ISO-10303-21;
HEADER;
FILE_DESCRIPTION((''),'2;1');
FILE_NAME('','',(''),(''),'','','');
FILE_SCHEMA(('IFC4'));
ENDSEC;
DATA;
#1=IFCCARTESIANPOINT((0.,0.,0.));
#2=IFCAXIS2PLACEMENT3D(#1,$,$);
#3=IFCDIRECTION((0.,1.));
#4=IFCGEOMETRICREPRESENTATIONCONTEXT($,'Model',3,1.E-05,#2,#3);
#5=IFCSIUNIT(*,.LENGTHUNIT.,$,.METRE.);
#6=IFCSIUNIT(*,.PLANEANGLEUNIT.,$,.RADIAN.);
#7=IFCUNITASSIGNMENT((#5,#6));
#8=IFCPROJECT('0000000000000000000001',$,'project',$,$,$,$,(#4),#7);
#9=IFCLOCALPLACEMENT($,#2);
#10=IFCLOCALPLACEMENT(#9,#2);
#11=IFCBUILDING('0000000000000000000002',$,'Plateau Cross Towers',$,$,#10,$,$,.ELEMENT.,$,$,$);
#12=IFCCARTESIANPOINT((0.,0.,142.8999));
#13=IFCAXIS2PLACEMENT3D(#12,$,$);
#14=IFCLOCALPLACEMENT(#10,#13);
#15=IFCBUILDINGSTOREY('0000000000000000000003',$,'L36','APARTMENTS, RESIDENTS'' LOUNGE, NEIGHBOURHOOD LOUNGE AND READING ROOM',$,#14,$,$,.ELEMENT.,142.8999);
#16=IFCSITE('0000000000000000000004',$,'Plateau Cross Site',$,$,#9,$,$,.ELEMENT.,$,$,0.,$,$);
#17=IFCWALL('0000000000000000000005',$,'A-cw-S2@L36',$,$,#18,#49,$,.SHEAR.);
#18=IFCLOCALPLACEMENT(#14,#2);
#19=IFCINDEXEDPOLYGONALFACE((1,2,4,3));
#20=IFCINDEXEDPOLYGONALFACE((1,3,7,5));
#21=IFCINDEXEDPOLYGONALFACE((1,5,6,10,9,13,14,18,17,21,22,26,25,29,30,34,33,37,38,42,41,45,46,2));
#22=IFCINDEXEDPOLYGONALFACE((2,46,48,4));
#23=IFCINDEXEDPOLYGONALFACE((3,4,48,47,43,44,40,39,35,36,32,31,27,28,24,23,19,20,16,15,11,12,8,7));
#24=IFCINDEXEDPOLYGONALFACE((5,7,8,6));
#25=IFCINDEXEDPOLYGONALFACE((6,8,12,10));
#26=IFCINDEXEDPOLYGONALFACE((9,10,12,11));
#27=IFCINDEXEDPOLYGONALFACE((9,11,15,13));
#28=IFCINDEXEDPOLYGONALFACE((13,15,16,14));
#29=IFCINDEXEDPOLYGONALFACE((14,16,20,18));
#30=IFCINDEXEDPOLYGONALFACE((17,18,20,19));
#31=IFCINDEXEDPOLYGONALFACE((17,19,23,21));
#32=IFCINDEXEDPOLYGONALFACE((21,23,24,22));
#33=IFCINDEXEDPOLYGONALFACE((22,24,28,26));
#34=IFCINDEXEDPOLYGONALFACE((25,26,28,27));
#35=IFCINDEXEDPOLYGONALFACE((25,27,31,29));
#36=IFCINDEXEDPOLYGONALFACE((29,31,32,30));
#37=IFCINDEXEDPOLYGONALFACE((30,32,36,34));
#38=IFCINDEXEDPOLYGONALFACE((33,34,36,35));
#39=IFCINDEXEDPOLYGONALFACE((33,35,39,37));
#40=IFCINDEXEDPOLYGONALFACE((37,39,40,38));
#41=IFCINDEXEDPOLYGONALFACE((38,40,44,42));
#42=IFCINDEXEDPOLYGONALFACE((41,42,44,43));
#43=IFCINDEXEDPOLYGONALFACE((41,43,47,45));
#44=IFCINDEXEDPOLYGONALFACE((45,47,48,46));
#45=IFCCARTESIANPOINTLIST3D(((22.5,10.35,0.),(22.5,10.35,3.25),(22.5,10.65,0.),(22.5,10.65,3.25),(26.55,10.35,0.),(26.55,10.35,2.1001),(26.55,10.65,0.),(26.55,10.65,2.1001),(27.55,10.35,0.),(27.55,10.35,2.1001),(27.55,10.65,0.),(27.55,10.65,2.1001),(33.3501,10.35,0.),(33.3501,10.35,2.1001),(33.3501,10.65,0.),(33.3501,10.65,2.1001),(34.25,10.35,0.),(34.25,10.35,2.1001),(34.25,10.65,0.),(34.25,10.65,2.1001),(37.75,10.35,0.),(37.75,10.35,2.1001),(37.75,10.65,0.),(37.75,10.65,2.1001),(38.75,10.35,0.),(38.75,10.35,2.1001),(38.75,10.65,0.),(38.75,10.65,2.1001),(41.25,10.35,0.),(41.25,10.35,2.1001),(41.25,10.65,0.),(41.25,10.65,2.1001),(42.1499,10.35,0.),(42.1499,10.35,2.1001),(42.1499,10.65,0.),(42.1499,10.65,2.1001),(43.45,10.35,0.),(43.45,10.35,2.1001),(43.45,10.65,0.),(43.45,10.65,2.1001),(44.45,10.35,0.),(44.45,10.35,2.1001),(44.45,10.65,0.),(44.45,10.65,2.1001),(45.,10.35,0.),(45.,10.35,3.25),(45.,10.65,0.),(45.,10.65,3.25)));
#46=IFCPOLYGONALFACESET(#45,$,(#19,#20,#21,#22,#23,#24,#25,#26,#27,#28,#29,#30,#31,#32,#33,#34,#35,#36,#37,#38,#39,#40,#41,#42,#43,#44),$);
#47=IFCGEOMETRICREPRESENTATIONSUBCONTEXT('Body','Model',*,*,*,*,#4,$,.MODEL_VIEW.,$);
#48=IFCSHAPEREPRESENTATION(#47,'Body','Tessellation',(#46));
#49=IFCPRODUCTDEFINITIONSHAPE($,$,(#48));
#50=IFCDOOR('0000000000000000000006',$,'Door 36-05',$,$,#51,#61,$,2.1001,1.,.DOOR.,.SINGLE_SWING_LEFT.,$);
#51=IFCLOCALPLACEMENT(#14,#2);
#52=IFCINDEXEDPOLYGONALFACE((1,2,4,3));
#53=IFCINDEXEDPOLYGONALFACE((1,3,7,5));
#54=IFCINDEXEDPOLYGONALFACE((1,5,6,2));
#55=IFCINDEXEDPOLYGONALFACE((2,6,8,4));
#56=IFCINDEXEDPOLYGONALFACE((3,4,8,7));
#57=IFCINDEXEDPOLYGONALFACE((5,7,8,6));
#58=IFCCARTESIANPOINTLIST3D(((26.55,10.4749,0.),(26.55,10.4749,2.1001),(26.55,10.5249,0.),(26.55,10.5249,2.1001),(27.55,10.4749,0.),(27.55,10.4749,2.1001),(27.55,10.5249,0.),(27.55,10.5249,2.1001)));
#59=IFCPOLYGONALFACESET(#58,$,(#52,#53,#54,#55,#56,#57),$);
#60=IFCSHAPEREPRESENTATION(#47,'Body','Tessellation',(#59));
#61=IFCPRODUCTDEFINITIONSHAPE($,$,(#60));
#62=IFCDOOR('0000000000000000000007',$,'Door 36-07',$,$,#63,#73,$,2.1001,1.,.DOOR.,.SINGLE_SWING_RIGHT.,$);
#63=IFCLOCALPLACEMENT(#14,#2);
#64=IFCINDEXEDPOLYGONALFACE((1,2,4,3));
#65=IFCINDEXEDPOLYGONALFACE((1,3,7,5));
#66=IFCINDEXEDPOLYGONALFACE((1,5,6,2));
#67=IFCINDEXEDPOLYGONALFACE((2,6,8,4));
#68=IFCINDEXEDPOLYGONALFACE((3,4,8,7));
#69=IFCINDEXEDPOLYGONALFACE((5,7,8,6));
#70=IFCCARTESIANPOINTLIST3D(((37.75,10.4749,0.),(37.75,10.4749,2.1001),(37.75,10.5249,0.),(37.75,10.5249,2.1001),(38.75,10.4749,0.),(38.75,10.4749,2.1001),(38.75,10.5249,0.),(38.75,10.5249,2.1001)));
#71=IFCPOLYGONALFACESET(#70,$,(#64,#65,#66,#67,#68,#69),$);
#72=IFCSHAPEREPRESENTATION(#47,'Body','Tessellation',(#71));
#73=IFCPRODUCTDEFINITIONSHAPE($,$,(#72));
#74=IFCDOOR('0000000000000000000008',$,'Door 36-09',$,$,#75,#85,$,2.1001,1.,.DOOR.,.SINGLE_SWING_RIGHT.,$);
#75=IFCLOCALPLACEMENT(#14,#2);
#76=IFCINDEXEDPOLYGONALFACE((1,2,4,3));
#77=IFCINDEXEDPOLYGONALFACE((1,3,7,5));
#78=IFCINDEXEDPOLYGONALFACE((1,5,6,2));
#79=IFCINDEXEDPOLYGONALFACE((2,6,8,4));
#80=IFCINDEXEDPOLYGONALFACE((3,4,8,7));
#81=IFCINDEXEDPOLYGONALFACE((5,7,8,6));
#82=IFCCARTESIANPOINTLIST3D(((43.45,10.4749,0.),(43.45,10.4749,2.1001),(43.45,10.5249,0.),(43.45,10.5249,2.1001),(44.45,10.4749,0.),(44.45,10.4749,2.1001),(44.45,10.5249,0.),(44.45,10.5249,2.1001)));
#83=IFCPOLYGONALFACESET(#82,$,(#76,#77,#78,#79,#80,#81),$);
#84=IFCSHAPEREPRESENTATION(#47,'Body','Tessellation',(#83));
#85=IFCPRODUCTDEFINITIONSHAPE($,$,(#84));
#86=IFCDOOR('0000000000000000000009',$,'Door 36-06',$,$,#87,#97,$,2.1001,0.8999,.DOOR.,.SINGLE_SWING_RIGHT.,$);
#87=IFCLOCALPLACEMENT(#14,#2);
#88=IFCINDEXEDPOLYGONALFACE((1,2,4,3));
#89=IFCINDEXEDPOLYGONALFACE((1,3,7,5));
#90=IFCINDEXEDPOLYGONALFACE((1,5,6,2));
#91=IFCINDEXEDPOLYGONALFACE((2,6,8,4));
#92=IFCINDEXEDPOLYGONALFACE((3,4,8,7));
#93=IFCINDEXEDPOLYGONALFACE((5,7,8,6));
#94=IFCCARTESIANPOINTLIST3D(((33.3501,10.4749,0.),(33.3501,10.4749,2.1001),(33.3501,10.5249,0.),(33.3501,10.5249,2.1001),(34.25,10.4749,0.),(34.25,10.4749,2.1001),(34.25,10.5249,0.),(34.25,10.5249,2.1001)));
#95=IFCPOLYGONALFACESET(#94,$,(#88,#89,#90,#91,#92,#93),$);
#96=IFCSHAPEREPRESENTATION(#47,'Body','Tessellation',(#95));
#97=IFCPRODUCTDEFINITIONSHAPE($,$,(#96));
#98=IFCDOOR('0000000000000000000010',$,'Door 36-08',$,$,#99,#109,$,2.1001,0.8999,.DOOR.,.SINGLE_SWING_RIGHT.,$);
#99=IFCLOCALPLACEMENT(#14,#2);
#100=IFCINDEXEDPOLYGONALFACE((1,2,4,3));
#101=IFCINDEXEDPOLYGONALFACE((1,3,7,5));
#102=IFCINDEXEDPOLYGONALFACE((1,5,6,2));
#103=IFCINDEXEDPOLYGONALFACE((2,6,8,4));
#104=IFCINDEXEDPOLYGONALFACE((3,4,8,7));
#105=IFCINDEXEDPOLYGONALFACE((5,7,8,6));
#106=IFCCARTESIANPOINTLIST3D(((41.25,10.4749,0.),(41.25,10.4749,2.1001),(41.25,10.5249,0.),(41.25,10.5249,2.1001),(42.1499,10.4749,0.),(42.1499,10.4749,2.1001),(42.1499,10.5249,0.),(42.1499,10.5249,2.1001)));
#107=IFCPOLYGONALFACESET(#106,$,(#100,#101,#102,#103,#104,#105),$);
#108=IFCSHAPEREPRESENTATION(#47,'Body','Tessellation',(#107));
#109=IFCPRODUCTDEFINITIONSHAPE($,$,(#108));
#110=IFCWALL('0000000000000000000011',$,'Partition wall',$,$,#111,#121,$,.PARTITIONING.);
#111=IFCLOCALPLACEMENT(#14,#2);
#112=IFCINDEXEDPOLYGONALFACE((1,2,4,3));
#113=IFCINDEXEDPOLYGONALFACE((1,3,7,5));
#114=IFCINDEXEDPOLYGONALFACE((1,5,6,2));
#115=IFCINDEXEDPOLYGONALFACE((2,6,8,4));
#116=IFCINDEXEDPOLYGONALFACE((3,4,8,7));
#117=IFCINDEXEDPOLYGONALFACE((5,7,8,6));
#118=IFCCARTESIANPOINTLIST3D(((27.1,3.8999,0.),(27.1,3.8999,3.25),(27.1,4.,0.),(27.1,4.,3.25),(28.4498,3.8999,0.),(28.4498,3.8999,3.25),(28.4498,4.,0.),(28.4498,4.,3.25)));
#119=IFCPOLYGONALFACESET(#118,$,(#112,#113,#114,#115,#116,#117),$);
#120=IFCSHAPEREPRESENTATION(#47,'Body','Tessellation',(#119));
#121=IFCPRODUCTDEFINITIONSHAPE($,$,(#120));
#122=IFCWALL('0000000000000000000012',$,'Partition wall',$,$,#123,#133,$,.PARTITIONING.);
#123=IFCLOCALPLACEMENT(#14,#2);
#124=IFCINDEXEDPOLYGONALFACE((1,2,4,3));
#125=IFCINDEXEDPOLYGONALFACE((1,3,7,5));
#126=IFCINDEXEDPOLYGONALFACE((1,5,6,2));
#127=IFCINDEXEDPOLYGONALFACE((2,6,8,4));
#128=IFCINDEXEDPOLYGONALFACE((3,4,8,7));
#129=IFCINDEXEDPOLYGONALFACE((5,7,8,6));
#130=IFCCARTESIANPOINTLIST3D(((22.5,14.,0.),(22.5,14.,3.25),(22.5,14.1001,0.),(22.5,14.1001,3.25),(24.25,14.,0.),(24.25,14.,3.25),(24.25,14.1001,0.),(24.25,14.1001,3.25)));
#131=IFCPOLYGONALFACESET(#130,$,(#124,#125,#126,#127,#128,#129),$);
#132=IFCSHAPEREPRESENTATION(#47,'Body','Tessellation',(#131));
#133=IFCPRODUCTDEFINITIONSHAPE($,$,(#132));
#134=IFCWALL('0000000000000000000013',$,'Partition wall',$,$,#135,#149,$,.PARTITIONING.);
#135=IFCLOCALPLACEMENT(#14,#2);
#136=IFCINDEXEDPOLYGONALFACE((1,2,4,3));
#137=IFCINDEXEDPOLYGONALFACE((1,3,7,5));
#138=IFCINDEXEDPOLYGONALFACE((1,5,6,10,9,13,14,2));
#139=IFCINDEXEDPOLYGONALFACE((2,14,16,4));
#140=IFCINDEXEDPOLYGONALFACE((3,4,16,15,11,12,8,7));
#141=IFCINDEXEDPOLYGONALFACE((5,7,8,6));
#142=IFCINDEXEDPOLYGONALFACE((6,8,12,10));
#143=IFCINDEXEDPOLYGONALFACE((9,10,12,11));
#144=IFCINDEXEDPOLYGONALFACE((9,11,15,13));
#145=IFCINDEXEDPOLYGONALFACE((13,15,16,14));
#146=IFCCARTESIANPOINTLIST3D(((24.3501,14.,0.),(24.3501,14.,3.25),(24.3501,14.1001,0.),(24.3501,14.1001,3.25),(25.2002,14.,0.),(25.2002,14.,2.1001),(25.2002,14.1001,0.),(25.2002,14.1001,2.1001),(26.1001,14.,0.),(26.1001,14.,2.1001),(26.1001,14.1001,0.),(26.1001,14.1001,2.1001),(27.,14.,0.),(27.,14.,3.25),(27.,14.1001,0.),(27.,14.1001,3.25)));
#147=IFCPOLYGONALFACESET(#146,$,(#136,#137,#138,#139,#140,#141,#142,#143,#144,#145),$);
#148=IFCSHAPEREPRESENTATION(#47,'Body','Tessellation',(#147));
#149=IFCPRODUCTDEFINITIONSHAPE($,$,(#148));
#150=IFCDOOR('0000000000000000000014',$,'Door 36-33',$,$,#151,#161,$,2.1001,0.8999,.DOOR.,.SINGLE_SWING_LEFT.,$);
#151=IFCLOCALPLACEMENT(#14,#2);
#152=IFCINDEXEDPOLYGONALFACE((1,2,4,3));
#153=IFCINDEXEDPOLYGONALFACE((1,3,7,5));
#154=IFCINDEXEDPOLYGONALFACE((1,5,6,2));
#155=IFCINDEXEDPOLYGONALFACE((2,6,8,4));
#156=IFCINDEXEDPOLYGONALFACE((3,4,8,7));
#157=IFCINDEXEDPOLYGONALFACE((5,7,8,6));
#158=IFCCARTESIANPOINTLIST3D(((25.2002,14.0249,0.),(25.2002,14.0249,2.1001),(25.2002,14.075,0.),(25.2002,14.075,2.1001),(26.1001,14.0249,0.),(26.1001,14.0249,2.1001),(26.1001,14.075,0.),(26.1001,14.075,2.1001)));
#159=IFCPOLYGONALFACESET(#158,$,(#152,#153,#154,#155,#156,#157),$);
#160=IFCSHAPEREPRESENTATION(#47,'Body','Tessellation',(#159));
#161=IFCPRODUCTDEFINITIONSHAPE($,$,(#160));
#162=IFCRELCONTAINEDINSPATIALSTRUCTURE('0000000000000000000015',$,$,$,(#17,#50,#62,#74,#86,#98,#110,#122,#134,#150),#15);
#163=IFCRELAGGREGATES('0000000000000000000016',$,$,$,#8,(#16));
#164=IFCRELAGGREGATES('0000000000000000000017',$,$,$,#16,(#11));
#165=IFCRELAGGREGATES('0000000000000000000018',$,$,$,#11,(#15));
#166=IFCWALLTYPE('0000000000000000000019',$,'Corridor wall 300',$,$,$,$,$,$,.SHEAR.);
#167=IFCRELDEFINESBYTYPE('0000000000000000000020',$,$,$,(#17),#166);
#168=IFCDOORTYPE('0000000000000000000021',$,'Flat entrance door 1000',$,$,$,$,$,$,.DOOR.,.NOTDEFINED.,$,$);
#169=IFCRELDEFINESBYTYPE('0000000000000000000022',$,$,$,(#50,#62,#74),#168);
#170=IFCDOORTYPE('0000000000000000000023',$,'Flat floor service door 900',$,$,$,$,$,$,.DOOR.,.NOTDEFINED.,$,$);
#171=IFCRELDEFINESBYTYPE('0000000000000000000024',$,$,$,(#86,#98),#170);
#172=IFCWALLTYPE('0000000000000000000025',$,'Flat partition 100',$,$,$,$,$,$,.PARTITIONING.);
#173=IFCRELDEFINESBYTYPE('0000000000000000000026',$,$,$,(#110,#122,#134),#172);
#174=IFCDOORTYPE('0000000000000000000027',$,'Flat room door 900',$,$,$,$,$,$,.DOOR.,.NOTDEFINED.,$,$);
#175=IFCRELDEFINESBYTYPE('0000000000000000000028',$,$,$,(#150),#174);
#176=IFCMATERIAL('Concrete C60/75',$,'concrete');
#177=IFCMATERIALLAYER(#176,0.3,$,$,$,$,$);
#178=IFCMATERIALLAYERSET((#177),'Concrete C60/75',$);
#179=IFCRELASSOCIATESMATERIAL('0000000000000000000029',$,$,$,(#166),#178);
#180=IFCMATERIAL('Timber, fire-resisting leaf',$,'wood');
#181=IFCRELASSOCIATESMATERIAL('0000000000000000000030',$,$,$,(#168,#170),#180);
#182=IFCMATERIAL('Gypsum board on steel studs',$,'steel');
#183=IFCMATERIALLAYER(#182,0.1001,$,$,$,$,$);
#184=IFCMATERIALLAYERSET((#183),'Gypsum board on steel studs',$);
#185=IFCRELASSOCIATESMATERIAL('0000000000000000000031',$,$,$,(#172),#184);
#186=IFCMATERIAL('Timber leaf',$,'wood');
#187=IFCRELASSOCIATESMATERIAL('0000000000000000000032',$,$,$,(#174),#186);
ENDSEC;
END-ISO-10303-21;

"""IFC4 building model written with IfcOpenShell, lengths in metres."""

from ifc_helpers import new_model, si_unit, direction, frame, frame_2d, origin, place, context, subcontext, project, spatial, rectangle, extrude, material, layer, layer_set, type_object, element, fill, save


model = new_model("IFC4")

# Units and contexts
model_context = context("Model", 3, precision=1e-05, world=origin(), true_north=direction((0.0, 1.0)))
body_context = subcontext(model_context, "Body", "Model", "MODEL_VIEW")
ifc_project = project(units=[si_unit("LENGTHUNIT", "METRE"), si_unit("PLANEANGLEUNIT", "RADIAN")], contexts=[model_context])

# Site, building, storey
site_placement = place(None, origin())
site = spatial("IfcSite", under=ifc_project, at=site_placement, Name="Plateau Cross Site", CompositionType="ELEMENT", RefElevation=0.0)
building_placement = place(site_placement, origin())
building = spatial("IfcBuilding", under=site, at=building_placement, Name="Plateau Cross Towers", CompositionType="ELEMENT")
storey_placement = place(building_placement, frame((0.0, 0.0, 142.8999)))
storey = spatial("IfcBuildingStorey", under=building, at=storey_placement, Name="L36", Description="APARTMENTS, RESIDENTS' LOUNGE, NEIGHBOURHOOD LOUNGE AND READING ROOM", CompositionType="ELEMENT", Elevation=142.8999)

# Shared definitions
ifc_material_1 = material(Name="Concrete C60/75", Category="concrete")

# Wall, openings, doors
ifc_layer_1 = layer(ifc_material_1, 0.3)
ifc_layer_set_1 = layer_set([ifc_layer_1], Name="Concrete C60/75")
wall_type_1 = type_object("IfcWallType", Name="Corridor wall 300", PredefinedType="SHEAR", material=ifc_layer_set_1)
ifc_material_2 = material(Name="Timber, fire-resisting leaf", Category="wood")
door_type_1 = type_object("IfcDoorType", Name="Flat entrance door 1000", OperationType="NOTDEFINED", PredefinedType="DOOR", material=ifc_material_2)
wall_1_placement = place(storey_placement, frame((22.5, 10.5, 0.0), z_axis=(0.0, 0.0, 1.0), x_axis=(1.0, 0.0, 0.0)))
wall_1 = element("IfcWall", 1, at=wall_1_placement, inside=storey, type_object=wall_type_1, Name="A-cw-S2@L36", PredefinedType="SHEAR", context=body_context, shape_type="SweptSolid", body=[
    extrude(rectangle(XDim=22.5, YDim=0.3, at=frame_2d((11.25, 0.0))), origin(), (0.0, 0.0, 1.0), 3.25),
])
opening_1_placement = place(wall_1_placement, frame((4.05, 0.0, 0.0)))
opening_1 = element("IfcOpeningElement", 2, at=opening_1_placement, cuts=wall_1, PredefinedType="OPENING", context=body_context, shape_type="SweptSolid", body=[
    extrude(rectangle(XDim=1.0, YDim=2.1001, at=frame_2d((0.5, 1.05))), frame((0.0, 0.1599, 0.0), z_axis=(0.0, -1.0, 0.0), x_axis=(1.0, 0.0, 0.0)), (0.0, 0.0, 1.0), 0.3201),
])
opening_2_placement = place(wall_1_placement, frame((10.8501, 0.0, 0.0)))
opening_2 = element("IfcOpeningElement", 3, at=opening_2_placement, cuts=wall_1, PredefinedType="OPENING", context=body_context, shape_type="SweptSolid", body=[
    extrude(rectangle(XDim=0.8999, YDim=2.1001, at=frame_2d((0.45, 1.05))), frame((0.0, 0.1599, 0.0), z_axis=(0.0, -1.0, 0.0), x_axis=(1.0, 0.0, 0.0)), (0.0, 0.0, 1.0), 0.3201),
])
opening_3_placement = place(wall_1_placement, frame((15.25, 0.0, 0.0)))
opening_3 = element("IfcOpeningElement", 4, at=opening_3_placement, cuts=wall_1, PredefinedType="OPENING", context=body_context, shape_type="SweptSolid", body=[
    extrude(rectangle(XDim=1.0, YDim=2.1001, at=frame_2d((0.5, 1.05))), frame((0.0, 0.1599, 0.0), z_axis=(0.0, -1.0, 0.0), x_axis=(1.0, 0.0, 0.0)), (0.0, 0.0, 1.0), 0.3201),
])
opening_4_placement = place(wall_1_placement, frame((18.75, 0.0, 0.0)))
opening_4 = element("IfcOpeningElement", 5, at=opening_4_placement, cuts=wall_1, PredefinedType="OPENING", context=body_context, shape_type="SweptSolid", body=[
    extrude(rectangle(XDim=0.8999, YDim=2.1001, at=frame_2d((0.45, 1.05))), frame((0.0, 0.1599, 0.0), z_axis=(0.0, -1.0, 0.0), x_axis=(1.0, 0.0, 0.0)), (0.0, 0.0, 1.0), 0.3201),
])
opening_5_placement = place(wall_1_placement, frame((20.95, 0.0, 0.0)))
opening_5 = element("IfcOpeningElement", 6, at=opening_5_placement, cuts=wall_1, PredefinedType="OPENING", context=body_context, shape_type="SweptSolid", body=[
    extrude(rectangle(XDim=1.0, YDim=2.1001, at=frame_2d((0.5, 1.05))), frame((0.0, 0.1599, 0.0), z_axis=(0.0, -1.0, 0.0), x_axis=(1.0, 0.0, 0.0)), (0.0, 0.0, 1.0), 0.3201),
])
door_1_placement = place(opening_1_placement, origin())
door_1 = element("IfcDoor", 7, at=door_1_placement, inside=storey, type_object=door_type_1, Name="Door 36-05", OperationType="SINGLE_SWING_LEFT", OverallHeight=2.1001, OverallWidth=1.0, PredefinedType="DOOR", context=body_context, shape_type="SweptSolid", body=[
    extrude(rectangle(XDim=1.0, YDim=2.1001, at=frame_2d((0.5, 1.05))), frame((0.0, 0.0249, 0.0), z_axis=(0.0, -1.0, 0.0), x_axis=(1.0, 0.0, 0.0)), (0.0, 0.0, 1.0), 0.05),
])
fill(opening_1, door_1)
door_2_placement = place(opening_3_placement, origin())
door_2 = element("IfcDoor", 8, at=door_2_placement, inside=storey, type_object=door_type_1, Name="Door 36-07", OperationType="SINGLE_SWING_RIGHT", OverallHeight=2.1001, OverallWidth=1.0, PredefinedType="DOOR", context=body_context, shape_type="SweptSolid", body=[
    extrude(rectangle(XDim=1.0, YDim=2.1001, at=frame_2d((0.5, 1.05))), frame((0.0, 0.0249, 0.0), z_axis=(0.0, -1.0, 0.0), x_axis=(1.0, 0.0, 0.0)), (0.0, 0.0, 1.0), 0.05),
])
fill(opening_3, door_2)
door_3_placement = place(opening_5_placement, origin())
door_3 = element("IfcDoor", 9, at=door_3_placement, inside=storey, type_object=door_type_1, Name="Door 36-09", OperationType="SINGLE_SWING_RIGHT", OverallHeight=2.1001, OverallWidth=1.0, PredefinedType="DOOR", context=body_context, shape_type="SweptSolid", body=[
    extrude(rectangle(XDim=1.0, YDim=2.1001, at=frame_2d((0.5, 1.05))), frame((0.0, 0.0249, 0.0), z_axis=(0.0, -1.0, 0.0), x_axis=(1.0, 0.0, 0.0)), (0.0, 0.0, 1.0), 0.05),
])
fill(opening_5, door_3)
door_type_2 = type_object("IfcDoorType", Name="Flat floor service door 900", OperationType="NOTDEFINED", PredefinedType="DOOR", material=ifc_material_2)
door_4_placement = place(opening_2_placement, origin())
door_4 = element("IfcDoor", 10, at=door_4_placement, inside=storey, type_object=door_type_2, Name="Door 36-06", OperationType="SINGLE_SWING_RIGHT", OverallHeight=2.1001, OverallWidth=0.8999, PredefinedType="DOOR", context=body_context, shape_type="SweptSolid", body=[
    extrude(rectangle(XDim=0.8999, YDim=2.1001, at=frame_2d((0.45, 1.05))), frame((0.0, 0.0249, 0.0), z_axis=(0.0, -1.0, 0.0), x_axis=(1.0, 0.0, 0.0)), (0.0, 0.0, 1.0), 0.05),
])
fill(opening_2, door_4)
door_5_placement = place(opening_4_placement, origin())
door_5 = element("IfcDoor", 11, at=door_5_placement, inside=storey, type_object=door_type_2, Name="Door 36-08", OperationType="SINGLE_SWING_RIGHT", OverallHeight=2.1001, OverallWidth=0.8999, PredefinedType="DOOR", context=body_context, shape_type="SweptSolid", body=[
    extrude(rectangle(XDim=0.8999, YDim=2.1001, at=frame_2d((0.45, 1.05))), frame((0.0, 0.0249, 0.0), z_axis=(0.0, -1.0, 0.0), x_axis=(1.0, 0.0, 0.0)), (0.0, 0.0, 1.0), 0.05),
])
fill(opening_4, door_5)

# Walls
ifc_material_3 = material(Name="Gypsum board on steel studs", Category="steel")
ifc_layer_2 = layer(ifc_material_3, 0.1001)
ifc_layer_set_2 = layer_set([ifc_layer_2], Name="Gypsum board on steel studs")
wall_type_2 = type_object("IfcWallType", Name="Flat partition 100", PredefinedType="PARTITIONING", material=ifc_layer_set_2)
wall_2_placement = place(storey_placement, frame((27.1001, 3.95, 0.0), z_axis=(0.0, 0.0, 1.0), x_axis=(1.0, 0.0, 0.0)))
element("IfcWall", 12, at=wall_2_placement, inside=storey, type_object=wall_type_2, Name="Partition wall", PredefinedType="PARTITIONING", context=body_context, shape_type="SweptSolid", body=[
    extrude(rectangle(XDim=1.3499, YDim=0.1001, at=frame_2d((0.6748, 0.0))), origin(), (0.0, 0.0, 1.0), 3.25),
])
wall_3_placement = place(storey_placement, frame((24.25, 14.05, 0.0), z_axis=(0.0, 0.0, 1.0), x_axis=(-1.0, 0.0, 0.0)))
element("IfcWall", 13, at=wall_3_placement, inside=storey, type_object=wall_type_2, Name="Partition wall", PredefinedType="PARTITIONING", context=body_context, shape_type="SweptSolid", body=[
    extrude(rectangle(XDim=1.75, YDim=0.1001, at=frame_2d((0.875, 0.0))), origin(), (0.0, 0.0, 1.0), 3.25),
])

# Wall, opening, door
wall_4_placement = place(storey_placement, frame((24.3501, 14.05, 0.0), z_axis=(0.0, 0.0, 1.0), x_axis=(1.0, 0.0, 0.0)))
wall_4 = element("IfcWall", 14, at=wall_4_placement, inside=storey, type_object=wall_type_2, Name="Partition wall", PredefinedType="PARTITIONING", context=body_context, shape_type="SweptSolid", body=[
    extrude(rectangle(XDim=2.6499, YDim=0.1001, at=frame_2d((1.325, 0.0))), origin(), (0.0, 0.0, 1.0), 3.25),
])
opening_6_placement = place(wall_4_placement, frame((0.8501, 0.0, 0.0)))
opening_6 = element("IfcOpeningElement", 15, at=opening_6_placement, cuts=wall_4, PredefinedType="OPENING", context=body_context, shape_type="SweptSolid", body=[
    extrude(rectangle(XDim=0.8999, YDim=2.1001, at=frame_2d((0.45, 1.05))), frame((0.0, 0.0601, 0.0), z_axis=(0.0, -1.0, 0.0), x_axis=(1.0, 0.0, 0.0)), (0.0, 0.0, 1.0), 0.1201),
])
ifc_material_4 = material(Name="Timber leaf", Category="wood")
door_type_3 = type_object("IfcDoorType", Name="Flat room door 900", OperationType="NOTDEFINED", PredefinedType="DOOR", material=ifc_material_4)
door_6_placement = place(opening_6_placement, origin())
door_6 = element("IfcDoor", 16, at=door_6_placement, inside=storey, type_object=door_type_3, Name="Door 36-33", OperationType="SINGLE_SWING_LEFT", OverallHeight=2.1001, OverallWidth=0.8999, PredefinedType="DOOR", context=body_context, shape_type="SweptSolid", body=[
    extrude(rectangle(XDim=0.8999, YDim=2.1001, at=frame_2d((0.45, 1.05))), frame((0.0, 0.0249, 0.0), z_axis=(0.0, -1.0, 0.0), x_axis=(1.0, 0.0, 0.0)), (0.0, 0.0, 1.0), 0.05),
])
fill(opening_6, door_6)

save(model, "model.ifc")
